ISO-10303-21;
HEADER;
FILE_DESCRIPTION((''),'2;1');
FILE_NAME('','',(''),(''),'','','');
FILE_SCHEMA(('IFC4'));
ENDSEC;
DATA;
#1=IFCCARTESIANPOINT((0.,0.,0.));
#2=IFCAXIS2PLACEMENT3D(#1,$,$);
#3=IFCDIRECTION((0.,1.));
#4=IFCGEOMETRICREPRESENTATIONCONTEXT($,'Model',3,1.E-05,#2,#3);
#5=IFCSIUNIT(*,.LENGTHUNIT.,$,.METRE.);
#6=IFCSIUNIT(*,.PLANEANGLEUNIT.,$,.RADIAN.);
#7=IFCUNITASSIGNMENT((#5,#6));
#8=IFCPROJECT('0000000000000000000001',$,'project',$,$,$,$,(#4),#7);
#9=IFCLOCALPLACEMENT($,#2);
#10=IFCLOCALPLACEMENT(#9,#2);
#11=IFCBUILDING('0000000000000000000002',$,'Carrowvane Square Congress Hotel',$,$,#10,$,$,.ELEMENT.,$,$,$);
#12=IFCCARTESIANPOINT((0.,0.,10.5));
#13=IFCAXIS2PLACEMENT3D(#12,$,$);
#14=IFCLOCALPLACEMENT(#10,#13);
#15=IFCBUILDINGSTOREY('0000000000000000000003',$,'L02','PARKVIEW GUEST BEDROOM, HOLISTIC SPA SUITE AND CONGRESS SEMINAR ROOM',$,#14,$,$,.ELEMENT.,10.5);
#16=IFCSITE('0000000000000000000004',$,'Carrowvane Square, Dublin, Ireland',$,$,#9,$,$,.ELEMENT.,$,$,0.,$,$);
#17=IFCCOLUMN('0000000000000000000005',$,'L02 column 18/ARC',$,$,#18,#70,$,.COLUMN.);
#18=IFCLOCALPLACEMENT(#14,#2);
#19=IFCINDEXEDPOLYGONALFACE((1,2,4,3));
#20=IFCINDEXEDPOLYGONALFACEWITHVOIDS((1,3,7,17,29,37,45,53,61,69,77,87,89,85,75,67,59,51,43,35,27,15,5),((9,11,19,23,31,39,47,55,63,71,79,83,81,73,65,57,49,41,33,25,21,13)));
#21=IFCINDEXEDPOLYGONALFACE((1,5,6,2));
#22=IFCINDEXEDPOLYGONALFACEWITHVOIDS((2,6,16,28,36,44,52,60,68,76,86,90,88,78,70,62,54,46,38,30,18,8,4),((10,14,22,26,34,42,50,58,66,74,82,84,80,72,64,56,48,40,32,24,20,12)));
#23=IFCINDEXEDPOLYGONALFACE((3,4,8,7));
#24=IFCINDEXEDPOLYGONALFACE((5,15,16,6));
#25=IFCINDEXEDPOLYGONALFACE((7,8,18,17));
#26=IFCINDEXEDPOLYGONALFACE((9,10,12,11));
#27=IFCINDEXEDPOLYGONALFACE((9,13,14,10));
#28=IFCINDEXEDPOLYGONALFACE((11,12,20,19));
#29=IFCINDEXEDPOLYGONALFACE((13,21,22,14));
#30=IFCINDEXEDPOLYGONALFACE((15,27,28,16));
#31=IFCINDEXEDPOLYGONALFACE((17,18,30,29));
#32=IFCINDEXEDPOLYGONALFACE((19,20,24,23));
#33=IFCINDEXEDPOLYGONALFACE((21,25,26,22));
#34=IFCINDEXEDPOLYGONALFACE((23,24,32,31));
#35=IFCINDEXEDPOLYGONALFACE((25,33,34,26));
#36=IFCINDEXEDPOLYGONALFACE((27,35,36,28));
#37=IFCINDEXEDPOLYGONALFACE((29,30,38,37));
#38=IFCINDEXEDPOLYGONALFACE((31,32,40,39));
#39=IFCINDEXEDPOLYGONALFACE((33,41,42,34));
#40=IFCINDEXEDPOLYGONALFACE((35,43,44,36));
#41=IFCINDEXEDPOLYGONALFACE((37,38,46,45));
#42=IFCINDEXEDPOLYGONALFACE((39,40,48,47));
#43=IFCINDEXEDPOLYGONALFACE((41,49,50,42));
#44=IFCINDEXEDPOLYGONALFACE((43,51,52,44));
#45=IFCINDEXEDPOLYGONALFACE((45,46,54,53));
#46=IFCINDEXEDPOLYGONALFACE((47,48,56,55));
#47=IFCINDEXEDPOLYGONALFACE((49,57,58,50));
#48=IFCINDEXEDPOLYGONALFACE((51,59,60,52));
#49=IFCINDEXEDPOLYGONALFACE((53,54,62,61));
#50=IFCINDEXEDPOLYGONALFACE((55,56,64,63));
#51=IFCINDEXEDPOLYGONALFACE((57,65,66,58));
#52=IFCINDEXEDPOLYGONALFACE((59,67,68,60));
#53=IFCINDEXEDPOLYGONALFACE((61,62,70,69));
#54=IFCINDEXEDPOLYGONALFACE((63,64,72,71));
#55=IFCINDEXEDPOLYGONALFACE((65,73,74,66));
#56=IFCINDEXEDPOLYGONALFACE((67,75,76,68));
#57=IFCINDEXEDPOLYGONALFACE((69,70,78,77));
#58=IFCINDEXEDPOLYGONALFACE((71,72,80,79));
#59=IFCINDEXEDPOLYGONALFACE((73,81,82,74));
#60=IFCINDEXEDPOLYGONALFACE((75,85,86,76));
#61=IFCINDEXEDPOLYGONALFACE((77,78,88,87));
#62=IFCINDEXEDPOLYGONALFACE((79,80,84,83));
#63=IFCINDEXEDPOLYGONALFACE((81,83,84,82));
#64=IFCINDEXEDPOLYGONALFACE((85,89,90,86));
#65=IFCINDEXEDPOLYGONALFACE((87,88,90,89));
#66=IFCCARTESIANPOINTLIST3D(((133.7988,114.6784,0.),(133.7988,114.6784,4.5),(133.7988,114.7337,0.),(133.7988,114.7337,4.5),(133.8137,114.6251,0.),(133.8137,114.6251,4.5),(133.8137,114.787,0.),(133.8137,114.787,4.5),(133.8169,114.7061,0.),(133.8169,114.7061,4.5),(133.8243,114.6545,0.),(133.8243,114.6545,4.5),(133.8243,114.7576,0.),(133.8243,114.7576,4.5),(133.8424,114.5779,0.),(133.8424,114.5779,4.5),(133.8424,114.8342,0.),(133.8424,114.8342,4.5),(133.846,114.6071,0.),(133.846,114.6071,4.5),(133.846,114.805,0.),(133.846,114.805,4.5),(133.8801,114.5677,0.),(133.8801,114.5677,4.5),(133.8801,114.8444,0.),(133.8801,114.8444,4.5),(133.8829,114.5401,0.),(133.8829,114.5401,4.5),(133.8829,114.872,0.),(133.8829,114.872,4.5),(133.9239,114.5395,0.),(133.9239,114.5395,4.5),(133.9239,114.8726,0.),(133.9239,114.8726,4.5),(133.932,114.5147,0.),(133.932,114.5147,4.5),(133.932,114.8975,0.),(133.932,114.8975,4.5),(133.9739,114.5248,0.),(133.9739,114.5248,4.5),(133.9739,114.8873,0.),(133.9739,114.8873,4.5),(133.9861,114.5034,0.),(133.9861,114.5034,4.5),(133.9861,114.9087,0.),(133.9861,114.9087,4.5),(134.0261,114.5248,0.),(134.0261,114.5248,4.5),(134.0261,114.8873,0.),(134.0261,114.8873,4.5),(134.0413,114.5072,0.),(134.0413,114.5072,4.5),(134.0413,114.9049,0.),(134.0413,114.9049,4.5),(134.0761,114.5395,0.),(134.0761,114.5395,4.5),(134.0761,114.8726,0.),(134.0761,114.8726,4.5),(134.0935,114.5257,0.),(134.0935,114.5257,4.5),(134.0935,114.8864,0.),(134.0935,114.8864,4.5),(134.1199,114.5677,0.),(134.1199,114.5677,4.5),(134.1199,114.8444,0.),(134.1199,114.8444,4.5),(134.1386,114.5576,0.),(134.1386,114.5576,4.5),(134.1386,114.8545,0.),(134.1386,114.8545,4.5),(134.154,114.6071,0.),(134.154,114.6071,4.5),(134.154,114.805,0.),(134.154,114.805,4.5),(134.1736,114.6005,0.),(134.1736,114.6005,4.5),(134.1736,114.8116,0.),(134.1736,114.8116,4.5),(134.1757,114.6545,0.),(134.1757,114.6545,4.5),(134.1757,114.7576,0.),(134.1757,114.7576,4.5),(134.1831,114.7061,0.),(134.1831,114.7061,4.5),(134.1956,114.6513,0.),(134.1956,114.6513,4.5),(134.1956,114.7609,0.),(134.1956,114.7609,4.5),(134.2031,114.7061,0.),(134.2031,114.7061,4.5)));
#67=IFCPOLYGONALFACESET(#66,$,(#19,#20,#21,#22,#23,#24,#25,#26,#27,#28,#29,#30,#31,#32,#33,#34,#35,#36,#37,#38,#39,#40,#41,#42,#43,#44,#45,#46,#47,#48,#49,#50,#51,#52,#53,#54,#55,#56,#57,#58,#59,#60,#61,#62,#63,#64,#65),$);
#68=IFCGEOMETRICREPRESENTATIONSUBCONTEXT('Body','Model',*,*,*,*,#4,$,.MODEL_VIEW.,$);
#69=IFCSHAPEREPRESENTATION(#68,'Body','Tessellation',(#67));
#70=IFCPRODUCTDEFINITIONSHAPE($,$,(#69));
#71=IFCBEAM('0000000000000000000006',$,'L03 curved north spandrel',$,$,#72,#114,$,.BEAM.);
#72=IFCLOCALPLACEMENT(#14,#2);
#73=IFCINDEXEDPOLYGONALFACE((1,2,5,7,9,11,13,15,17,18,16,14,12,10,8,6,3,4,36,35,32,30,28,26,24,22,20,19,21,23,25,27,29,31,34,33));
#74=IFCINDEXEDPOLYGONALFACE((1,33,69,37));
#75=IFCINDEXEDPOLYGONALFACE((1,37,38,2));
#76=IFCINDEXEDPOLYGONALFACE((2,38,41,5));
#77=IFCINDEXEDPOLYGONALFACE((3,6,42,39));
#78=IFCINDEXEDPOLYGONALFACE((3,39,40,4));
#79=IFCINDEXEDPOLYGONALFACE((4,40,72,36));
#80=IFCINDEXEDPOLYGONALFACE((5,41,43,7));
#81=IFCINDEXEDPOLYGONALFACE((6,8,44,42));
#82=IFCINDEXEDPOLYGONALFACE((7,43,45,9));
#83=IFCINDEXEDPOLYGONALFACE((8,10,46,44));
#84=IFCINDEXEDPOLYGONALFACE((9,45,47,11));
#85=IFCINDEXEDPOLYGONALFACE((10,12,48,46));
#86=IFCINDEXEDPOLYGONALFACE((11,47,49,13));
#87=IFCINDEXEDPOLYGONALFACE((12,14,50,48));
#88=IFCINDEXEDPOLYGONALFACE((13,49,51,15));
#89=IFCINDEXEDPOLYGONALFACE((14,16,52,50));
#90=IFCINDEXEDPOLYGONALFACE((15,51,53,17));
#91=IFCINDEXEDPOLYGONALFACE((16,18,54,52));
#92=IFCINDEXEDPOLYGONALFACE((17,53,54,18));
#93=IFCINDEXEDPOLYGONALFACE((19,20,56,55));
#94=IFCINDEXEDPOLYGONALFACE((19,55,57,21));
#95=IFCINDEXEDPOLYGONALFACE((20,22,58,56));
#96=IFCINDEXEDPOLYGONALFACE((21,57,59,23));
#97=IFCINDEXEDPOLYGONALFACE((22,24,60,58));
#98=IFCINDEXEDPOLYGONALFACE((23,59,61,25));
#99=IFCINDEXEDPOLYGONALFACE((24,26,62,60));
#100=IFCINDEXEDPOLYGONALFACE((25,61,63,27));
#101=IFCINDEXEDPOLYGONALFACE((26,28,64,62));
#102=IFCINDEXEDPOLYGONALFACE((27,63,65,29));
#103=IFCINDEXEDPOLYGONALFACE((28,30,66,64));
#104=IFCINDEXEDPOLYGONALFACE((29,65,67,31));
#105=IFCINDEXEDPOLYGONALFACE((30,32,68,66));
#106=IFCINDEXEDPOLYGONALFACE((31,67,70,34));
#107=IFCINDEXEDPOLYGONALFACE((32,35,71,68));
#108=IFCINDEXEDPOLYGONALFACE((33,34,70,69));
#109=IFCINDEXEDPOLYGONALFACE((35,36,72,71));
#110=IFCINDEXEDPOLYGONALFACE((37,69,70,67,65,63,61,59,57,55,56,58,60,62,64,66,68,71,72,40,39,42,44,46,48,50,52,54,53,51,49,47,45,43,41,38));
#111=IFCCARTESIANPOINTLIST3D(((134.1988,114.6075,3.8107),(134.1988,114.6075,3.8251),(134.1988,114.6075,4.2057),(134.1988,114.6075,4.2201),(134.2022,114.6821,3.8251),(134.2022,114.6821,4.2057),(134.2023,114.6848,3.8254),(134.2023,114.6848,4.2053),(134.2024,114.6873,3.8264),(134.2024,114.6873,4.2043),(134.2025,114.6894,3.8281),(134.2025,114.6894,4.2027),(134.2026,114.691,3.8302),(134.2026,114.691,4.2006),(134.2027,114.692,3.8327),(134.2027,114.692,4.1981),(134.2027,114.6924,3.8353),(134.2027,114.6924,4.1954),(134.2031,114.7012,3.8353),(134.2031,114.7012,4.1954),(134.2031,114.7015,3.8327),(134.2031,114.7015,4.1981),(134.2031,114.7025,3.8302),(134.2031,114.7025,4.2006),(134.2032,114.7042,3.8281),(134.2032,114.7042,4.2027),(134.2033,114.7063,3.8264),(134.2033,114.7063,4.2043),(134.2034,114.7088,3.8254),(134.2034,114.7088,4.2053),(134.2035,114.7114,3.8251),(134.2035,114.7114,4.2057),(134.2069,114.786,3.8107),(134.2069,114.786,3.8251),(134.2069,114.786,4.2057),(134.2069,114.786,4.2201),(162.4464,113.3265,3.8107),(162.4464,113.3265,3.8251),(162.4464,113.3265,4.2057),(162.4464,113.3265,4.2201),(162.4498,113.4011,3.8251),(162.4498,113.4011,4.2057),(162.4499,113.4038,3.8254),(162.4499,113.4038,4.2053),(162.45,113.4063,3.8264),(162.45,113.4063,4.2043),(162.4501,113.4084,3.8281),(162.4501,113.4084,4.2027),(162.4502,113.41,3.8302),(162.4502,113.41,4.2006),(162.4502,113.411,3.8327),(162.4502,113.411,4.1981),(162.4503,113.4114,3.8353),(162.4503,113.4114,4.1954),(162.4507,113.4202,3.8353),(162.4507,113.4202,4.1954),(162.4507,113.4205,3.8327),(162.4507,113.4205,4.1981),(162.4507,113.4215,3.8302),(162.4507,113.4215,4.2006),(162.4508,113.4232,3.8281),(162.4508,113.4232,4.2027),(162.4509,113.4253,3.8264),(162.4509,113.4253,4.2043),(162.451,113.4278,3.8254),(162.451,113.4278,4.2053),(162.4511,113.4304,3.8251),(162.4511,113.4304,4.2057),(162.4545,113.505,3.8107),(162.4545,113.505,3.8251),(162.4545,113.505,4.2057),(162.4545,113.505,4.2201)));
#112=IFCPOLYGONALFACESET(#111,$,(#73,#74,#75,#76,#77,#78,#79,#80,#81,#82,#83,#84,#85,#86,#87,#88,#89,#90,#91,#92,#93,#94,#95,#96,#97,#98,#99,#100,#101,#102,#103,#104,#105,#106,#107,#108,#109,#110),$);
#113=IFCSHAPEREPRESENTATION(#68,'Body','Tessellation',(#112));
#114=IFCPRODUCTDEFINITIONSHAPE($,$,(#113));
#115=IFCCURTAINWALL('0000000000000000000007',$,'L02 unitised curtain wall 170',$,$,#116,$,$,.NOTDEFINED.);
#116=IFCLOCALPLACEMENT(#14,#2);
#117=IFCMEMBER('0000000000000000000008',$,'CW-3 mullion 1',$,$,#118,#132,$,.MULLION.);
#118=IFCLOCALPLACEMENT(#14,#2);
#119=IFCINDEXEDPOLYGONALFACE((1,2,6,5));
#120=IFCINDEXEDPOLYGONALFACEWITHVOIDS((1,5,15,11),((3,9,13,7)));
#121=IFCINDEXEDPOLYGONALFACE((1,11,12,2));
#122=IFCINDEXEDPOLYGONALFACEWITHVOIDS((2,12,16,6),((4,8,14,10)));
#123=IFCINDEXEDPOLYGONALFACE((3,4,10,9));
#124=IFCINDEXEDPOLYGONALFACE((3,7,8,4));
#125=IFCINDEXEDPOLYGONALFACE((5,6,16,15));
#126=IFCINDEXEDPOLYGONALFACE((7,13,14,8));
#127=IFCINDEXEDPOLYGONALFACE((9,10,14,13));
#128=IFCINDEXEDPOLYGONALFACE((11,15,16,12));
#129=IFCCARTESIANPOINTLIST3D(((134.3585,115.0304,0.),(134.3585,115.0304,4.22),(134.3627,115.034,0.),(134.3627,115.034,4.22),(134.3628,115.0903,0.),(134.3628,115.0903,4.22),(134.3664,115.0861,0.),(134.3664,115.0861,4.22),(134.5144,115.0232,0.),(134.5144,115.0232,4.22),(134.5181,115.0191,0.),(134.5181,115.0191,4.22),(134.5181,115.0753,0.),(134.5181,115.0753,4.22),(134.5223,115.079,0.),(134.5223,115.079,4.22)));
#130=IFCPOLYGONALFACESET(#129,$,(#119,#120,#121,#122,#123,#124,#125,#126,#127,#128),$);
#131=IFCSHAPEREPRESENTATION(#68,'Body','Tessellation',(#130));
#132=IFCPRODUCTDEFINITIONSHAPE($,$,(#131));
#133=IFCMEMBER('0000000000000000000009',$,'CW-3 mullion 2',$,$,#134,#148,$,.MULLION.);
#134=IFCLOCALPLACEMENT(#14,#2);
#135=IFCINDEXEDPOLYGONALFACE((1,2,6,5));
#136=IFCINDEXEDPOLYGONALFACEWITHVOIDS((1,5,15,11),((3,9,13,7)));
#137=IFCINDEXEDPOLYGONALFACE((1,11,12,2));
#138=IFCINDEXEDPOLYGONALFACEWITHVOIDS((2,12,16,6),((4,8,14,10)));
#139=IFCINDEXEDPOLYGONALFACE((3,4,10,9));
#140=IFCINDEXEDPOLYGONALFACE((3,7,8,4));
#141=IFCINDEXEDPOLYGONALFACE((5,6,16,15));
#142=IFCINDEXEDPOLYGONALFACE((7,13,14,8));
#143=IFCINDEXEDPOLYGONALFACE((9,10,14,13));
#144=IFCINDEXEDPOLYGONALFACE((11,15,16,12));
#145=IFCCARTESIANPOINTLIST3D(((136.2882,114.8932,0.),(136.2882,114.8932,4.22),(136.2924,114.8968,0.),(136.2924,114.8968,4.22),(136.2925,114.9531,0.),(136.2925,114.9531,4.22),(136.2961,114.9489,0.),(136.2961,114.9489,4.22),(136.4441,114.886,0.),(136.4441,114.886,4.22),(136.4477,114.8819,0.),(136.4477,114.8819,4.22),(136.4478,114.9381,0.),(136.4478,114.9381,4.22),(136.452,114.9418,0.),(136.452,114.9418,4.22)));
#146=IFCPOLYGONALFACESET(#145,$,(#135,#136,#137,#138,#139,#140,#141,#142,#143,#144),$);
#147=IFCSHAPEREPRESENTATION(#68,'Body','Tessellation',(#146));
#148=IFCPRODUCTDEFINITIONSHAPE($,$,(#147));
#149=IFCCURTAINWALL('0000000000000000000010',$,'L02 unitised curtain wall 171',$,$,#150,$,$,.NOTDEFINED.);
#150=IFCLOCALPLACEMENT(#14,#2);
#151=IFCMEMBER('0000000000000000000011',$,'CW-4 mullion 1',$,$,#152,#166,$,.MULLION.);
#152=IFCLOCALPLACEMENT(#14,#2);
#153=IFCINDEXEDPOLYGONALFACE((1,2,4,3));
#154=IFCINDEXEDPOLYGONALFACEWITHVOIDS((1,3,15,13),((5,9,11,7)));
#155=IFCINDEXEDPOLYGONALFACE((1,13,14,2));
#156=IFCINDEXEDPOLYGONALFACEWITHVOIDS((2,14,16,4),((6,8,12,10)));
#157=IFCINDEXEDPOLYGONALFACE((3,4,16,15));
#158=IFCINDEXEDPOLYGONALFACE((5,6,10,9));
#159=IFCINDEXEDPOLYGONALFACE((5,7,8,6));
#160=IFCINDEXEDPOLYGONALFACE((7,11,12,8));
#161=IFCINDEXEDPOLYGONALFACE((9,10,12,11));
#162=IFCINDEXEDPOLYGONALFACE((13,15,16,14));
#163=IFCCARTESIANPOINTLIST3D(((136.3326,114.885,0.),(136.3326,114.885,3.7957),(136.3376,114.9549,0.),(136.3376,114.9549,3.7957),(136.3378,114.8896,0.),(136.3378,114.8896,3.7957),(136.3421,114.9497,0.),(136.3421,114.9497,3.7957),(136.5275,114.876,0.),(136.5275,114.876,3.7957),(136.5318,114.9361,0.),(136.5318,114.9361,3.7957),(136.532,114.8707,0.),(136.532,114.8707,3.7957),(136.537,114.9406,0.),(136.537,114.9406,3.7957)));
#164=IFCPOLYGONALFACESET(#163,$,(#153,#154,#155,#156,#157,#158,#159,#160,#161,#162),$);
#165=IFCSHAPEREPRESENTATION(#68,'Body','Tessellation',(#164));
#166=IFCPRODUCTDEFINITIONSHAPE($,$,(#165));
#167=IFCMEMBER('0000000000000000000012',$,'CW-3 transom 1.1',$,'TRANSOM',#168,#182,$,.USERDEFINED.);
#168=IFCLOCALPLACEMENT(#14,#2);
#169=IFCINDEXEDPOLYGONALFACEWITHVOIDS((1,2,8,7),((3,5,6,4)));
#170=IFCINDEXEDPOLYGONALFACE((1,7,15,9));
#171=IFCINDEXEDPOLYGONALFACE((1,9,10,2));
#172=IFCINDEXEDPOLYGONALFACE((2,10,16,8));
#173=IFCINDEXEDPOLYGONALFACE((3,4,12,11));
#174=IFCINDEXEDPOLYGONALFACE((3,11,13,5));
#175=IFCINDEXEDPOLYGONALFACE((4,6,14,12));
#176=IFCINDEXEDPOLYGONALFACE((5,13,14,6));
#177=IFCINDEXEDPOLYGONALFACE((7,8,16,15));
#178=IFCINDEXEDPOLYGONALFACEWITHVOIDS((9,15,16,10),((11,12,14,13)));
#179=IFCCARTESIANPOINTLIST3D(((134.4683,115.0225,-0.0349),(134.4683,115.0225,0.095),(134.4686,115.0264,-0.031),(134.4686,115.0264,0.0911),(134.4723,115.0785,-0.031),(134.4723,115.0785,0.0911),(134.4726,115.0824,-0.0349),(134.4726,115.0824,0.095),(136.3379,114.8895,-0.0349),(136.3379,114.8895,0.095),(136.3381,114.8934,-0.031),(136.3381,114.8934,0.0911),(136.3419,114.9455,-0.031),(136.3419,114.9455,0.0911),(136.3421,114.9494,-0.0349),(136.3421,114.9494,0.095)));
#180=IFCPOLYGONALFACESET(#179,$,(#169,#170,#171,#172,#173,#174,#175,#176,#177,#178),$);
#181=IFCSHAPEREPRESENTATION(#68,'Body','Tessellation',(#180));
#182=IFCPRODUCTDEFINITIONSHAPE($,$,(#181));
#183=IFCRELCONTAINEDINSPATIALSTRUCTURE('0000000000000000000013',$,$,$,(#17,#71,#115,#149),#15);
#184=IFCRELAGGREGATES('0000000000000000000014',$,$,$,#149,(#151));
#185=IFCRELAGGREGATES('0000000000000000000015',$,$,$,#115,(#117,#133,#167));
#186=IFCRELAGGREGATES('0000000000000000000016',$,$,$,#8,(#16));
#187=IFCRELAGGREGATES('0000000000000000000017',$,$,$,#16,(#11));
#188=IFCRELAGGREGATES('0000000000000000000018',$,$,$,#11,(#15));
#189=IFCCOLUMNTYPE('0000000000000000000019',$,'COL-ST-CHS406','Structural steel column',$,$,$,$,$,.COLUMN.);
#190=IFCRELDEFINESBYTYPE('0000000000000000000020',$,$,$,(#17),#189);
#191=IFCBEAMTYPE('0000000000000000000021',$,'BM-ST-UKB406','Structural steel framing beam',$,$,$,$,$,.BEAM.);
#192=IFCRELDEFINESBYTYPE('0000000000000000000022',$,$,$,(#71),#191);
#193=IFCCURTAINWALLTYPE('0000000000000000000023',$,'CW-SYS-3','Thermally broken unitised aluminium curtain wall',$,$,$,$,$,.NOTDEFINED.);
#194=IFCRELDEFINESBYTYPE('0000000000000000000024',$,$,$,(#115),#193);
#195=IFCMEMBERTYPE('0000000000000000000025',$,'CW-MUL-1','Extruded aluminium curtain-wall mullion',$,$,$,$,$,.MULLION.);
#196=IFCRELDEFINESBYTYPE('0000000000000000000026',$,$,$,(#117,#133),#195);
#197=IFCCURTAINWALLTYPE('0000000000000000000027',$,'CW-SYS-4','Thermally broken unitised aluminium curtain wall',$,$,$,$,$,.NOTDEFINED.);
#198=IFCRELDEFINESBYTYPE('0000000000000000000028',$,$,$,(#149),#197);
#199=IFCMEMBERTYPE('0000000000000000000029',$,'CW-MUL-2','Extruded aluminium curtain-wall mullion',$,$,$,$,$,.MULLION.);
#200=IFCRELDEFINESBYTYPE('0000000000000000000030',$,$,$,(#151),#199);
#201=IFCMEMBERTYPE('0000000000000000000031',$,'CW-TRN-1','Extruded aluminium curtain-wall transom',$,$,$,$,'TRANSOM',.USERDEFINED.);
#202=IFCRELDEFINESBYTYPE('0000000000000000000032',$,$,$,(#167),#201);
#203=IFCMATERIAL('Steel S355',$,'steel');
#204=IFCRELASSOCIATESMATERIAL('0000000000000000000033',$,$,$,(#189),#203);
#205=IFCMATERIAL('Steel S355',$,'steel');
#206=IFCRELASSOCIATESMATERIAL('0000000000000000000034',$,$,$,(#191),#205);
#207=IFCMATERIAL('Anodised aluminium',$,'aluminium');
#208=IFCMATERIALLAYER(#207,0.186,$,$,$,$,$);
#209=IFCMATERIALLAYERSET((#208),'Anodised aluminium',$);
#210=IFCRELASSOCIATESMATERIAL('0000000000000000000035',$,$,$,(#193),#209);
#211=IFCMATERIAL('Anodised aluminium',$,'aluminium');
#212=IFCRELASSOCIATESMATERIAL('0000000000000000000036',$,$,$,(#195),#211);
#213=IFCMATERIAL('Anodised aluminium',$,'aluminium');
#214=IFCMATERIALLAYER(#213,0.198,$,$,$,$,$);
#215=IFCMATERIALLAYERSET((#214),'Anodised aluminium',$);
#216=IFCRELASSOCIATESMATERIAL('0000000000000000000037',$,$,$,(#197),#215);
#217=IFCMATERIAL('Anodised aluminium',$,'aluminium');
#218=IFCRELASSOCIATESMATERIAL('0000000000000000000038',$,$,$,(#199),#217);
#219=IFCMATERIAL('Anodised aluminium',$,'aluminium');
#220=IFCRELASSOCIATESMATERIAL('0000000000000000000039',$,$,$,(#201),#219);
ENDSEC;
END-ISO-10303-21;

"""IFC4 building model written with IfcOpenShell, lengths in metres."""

from ifc_helpers import new_model, si_unit, direction, frame, origin, origin_2d, place, context, subcontext, project, spatial, hollow_rectangle, hollow_circle, i_section, extrude, material, layer, layer_set, material_profile, profile_set, type_object, element, aggregate, save


model = new_model("IFC4")

# Units and contexts
model_context = context("Model", 3, precision=1e-05, world=origin(), true_north=direction((0.0, 1.0)))
body_context = subcontext(model_context, "Body", "Model", "MODEL_VIEW")
ifc_project = project(units=[si_unit("LENGTHUNIT", "METRE"), si_unit("PLANEANGLEUNIT", "RADIAN")], contexts=[model_context])

# Site, building, storey
site_placement = place(None, origin())
site = spatial("IfcSite", under=ifc_project, at=site_placement, Name="Carrowvane Square, Dublin, Ireland", CompositionType="ELEMENT", RefElevation=0.0)
building_placement = place(site_placement, origin())
building = spatial("IfcBuilding", under=site, at=building_placement, Name="Carrowvane Square Congress Hotel", CompositionType="ELEMENT")
storey_placement = place(building_placement, frame((0.0, 0.0, 10.5)))
storey = spatial("IfcBuildingStorey", under=building, at=storey_placement, Name="L02", Description="PARKVIEW GUEST BEDROOM, HOLISTIC SPA SUITE AND CONGRESS SEMINAR ROOM", CompositionType="ELEMENT", Elevation=10.5)

# Column
ifc_material_1 = material(Name="Steel S355", Category="steel")
ifc_material_profile_1 = material_profile(ifc_material_1, hollow_circle(Radius=0.2031, WallThickness=0.02, at=origin_2d()), Name="CHS 406.4x20")
ifc_profile_set_1 = profile_set([ifc_material_profile_1], Name="Steel S355")
column_type = type_object("IfcColumnType", Name="COL-ST-CHS406", Description="Structural steel column", PredefinedType="COLUMN", material=ifc_profile_set_1)
column_placement = place(storey_placement, frame((134.0, 114.7061, 0.0), z_axis=(0.0, 0.0, 1.0), x_axis=(1.0, 0.0, 0.0)))
element("IfcColumn", 1, at=column_placement, inside=storey, type_object=column_type, Name="L02 column 18/ARC", PredefinedType="COLUMN", context=body_context, shape_type="SweptSolid", body=[
    extrude(hollow_circle(Radius=0.2031, WallThickness=0.02, at=origin_2d()), origin(), (0.0, 0.0, 1.0), 4.5),
])

# Beam
ifc_material_2 = material(Name="Steel S355", Category="steel")
ifc_material_profile_2 = material_profile(ifc_material_2, i_section(OverallWidth=0.1787, OverallDepth=0.4094, WebThickness=0.0088, FlangeThickness=0.0144, FilletRadius=0.0103, at=origin_2d()), Name="UKB 406x178x67")
ifc_profile_set_2 = profile_set([ifc_material_profile_2], Name="Steel S355")
beam_type = type_object("IfcBeamType", Name="BM-ST-UKB406", Description="Structural steel framing beam", PredefinedType="BEAM", material=ifc_profile_set_2)
beam_placement = place(storey_placement, frame((134.2029, 114.6968, 4.0154), z_axis=(0.998973, -0.045303, 0.0), x_axis=(0.045303, 0.998973, 0.0)))
element("IfcBeam", 2, at=beam_placement, inside=storey, type_object=beam_type, Name="L03 curved north spandrel", PredefinedType="BEAM", context=body_context, shape_type="SweptSolid", body=[
    extrude(i_section(OverallWidth=0.1787, OverallDepth=0.4094, WebThickness=0.0088, FlangeThickness=0.0144, FilletRadius=0.0103, at=origin_2d()), origin(), (0.0, 0.0, 1.0), 28.2766),
])

# Curtain wall, members
ifc_material_3 = material(Name="Anodised aluminium", Category="aluminium")
ifc_layer_1 = layer(ifc_material_3, 0.186)
ifc_layer_set_1 = layer_set([ifc_layer_1], Name="Anodised aluminium")
curtain_wall_type_1 = type_object("IfcCurtainWallType", Name="CW-SYS-3", Description="Thermally broken unitised aluminium curtain wall", PredefinedType="NOTDEFINED", material=ifc_layer_set_1)
curtain_wall_1_placement = place(storey_placement, origin())
curtain_wall_1 = element("IfcCurtainWall", 3, at=curtain_wall_1_placement, inside=storey, type_object=curtain_wall_type_1, Name="L02 unitised curtain wall 170", PredefinedType="NOTDEFINED")
ifc_material_4 = material(Name="Anodised aluminium", Category="aluminium")
ifc_material_profile_3 = material_profile(ifc_material_4, hollow_rectangle(XDim=0.0601, YDim=0.1599, WallThickness=0.0039, at=origin_2d()), Name="CW-ML 60x160x4")
ifc_profile_set_3 = profile_set([ifc_material_profile_3], Name="Anodised aluminium")
member_type_1 = type_object("IfcMemberType", Name="CW-MUL-1", Description="Extruded aluminium curtain-wall mullion", PredefinedType="MULLION", material=ifc_profile_set_3)
member_1_placement = place(storey_placement, frame((134.4404, 115.0547, 0.0), z_axis=(0.0, 0.0, 1.0), x_axis=(0.07096, 0.997479, 0.0)))
member_1 = element("IfcMember", 4, at=member_1_placement, type_object=member_type_1, Name="CW-3 mullion 1", PredefinedType="MULLION", context=body_context, shape_type="SweptSolid", body=[
    extrude(hollow_rectangle(XDim=0.0601, YDim=0.1599, WallThickness=0.0039, at=origin_2d()), origin(), (0.0, 0.0, 1.0), 4.22),
])
member_2_placement = place(storey_placement, frame((136.3701, 114.9175, 0.0), z_axis=(0.0, 0.0, 1.0), x_axis=(0.07096, 0.997479, 0.0)))
member_2 = element("IfcMember", 5, at=member_2_placement, type_object=member_type_1, Name="CW-3 mullion 2", PredefinedType="MULLION", context=body_context, shape_type="SweptSolid", body=[
    extrude(hollow_rectangle(XDim=0.0601, YDim=0.1599, WallThickness=0.0039, at=origin_2d()), origin(), (0.0, 0.0, 1.0), 4.22),
])

# Curtain wall, member
ifc_material_5 = material(Name="Anodised aluminium", Category="aluminium")
ifc_layer_2 = layer(ifc_material_5, 0.198)
ifc_layer_set_2 = layer_set([ifc_layer_2], Name="Anodised aluminium")
curtain_wall_type_2 = type_object("IfcCurtainWallType", Name="CW-SYS-4", Description="Thermally broken unitised aluminium curtain wall", PredefinedType="NOTDEFINED", material=ifc_layer_set_2)
curtain_wall_2_placement = place(storey_placement, origin())
curtain_wall_2 = element("IfcCurtainWall", 6, at=curtain_wall_2_placement, inside=storey, type_object=curtain_wall_type_2, Name="L02 unitised curtain wall 171", PredefinedType="NOTDEFINED")
ifc_material_6 = material(Name="Anodised aluminium", Category="aluminium")
ifc_material_profile_4 = material_profile(ifc_material_6, hollow_rectangle(XDim=0.0701, YDim=0.2, WallThickness=0.0049, at=origin_2d()), Name="CW-ML 70x200x5")
ifc_profile_set_4 = profile_set([ifc_material_profile_4], Name="Anodised aluminium")
member_type_2 = type_object("IfcMemberType", Name="CW-MUL-2", Description="Extruded aluminium curtain-wall mullion", PredefinedType="MULLION", material=ifc_profile_set_4)
member_3_placement = place(storey_placement, frame((136.4348, 114.9128, 0.0), z_axis=(0.0, 0.0, 1.0), x_axis=(0.071532, 0.997438, 0.0)))
member_3 = element("IfcMember", 7, at=member_3_placement, type_object=member_type_2, Name="CW-4 mullion 1", PredefinedType="MULLION", context=body_context, shape_type="SweptSolid", body=[
    extrude(hollow_rectangle(XDim=0.0701, YDim=0.2, WallThickness=0.0049, at=origin_2d()), origin(), (0.0, 0.0, 1.0), 3.7957),
])

# Member
ifc_material_7 = material(Name="Anodised aluminium", Category="aluminium")
ifc_material_profile_5 = material_profile(ifc_material_7, hollow_rectangle(XDim=0.0601, YDim=0.1299, WallThickness=0.0039, at=origin_2d()), Name="CW-TR 60x130x4")
ifc_profile_set_5 = profile_set([ifc_material_profile_5], Name="Anodised aluminium")
member_type_3 = type_object("IfcMemberType", Name="CW-TRN-1", Description="Extruded aluminium curtain-wall transom", ElementType="TRANSOM", PredefinedType="USERDEFINED", material=ifc_profile_set_5)
member_4_placement = place(storey_placement, frame((134.4705, 115.0525, 0.03), z_axis=(0.997477, -0.070988, 0.0), x_axis=(0.070988, 0.997477, 0.0)))
member_4 = element("IfcMember", 8, at=member_4_placement, type_object=member_type_3, Name="CW-3 transom 1.1", ObjectType="TRANSOM", PredefinedType="USERDEFINED", context=body_context, shape_type="SweptSolid", body=[
    extrude(hollow_rectangle(XDim=0.0601, YDim=0.1299, WallThickness=0.0039, at=origin_2d()), origin(), (0.0, 0.0, 1.0), 1.8743),
])
aggregate(curtain_wall_2, [member_3])

aggregate(curtain_wall_1, [member_1, member_2, member_4])

save(model, "model.ifc")
